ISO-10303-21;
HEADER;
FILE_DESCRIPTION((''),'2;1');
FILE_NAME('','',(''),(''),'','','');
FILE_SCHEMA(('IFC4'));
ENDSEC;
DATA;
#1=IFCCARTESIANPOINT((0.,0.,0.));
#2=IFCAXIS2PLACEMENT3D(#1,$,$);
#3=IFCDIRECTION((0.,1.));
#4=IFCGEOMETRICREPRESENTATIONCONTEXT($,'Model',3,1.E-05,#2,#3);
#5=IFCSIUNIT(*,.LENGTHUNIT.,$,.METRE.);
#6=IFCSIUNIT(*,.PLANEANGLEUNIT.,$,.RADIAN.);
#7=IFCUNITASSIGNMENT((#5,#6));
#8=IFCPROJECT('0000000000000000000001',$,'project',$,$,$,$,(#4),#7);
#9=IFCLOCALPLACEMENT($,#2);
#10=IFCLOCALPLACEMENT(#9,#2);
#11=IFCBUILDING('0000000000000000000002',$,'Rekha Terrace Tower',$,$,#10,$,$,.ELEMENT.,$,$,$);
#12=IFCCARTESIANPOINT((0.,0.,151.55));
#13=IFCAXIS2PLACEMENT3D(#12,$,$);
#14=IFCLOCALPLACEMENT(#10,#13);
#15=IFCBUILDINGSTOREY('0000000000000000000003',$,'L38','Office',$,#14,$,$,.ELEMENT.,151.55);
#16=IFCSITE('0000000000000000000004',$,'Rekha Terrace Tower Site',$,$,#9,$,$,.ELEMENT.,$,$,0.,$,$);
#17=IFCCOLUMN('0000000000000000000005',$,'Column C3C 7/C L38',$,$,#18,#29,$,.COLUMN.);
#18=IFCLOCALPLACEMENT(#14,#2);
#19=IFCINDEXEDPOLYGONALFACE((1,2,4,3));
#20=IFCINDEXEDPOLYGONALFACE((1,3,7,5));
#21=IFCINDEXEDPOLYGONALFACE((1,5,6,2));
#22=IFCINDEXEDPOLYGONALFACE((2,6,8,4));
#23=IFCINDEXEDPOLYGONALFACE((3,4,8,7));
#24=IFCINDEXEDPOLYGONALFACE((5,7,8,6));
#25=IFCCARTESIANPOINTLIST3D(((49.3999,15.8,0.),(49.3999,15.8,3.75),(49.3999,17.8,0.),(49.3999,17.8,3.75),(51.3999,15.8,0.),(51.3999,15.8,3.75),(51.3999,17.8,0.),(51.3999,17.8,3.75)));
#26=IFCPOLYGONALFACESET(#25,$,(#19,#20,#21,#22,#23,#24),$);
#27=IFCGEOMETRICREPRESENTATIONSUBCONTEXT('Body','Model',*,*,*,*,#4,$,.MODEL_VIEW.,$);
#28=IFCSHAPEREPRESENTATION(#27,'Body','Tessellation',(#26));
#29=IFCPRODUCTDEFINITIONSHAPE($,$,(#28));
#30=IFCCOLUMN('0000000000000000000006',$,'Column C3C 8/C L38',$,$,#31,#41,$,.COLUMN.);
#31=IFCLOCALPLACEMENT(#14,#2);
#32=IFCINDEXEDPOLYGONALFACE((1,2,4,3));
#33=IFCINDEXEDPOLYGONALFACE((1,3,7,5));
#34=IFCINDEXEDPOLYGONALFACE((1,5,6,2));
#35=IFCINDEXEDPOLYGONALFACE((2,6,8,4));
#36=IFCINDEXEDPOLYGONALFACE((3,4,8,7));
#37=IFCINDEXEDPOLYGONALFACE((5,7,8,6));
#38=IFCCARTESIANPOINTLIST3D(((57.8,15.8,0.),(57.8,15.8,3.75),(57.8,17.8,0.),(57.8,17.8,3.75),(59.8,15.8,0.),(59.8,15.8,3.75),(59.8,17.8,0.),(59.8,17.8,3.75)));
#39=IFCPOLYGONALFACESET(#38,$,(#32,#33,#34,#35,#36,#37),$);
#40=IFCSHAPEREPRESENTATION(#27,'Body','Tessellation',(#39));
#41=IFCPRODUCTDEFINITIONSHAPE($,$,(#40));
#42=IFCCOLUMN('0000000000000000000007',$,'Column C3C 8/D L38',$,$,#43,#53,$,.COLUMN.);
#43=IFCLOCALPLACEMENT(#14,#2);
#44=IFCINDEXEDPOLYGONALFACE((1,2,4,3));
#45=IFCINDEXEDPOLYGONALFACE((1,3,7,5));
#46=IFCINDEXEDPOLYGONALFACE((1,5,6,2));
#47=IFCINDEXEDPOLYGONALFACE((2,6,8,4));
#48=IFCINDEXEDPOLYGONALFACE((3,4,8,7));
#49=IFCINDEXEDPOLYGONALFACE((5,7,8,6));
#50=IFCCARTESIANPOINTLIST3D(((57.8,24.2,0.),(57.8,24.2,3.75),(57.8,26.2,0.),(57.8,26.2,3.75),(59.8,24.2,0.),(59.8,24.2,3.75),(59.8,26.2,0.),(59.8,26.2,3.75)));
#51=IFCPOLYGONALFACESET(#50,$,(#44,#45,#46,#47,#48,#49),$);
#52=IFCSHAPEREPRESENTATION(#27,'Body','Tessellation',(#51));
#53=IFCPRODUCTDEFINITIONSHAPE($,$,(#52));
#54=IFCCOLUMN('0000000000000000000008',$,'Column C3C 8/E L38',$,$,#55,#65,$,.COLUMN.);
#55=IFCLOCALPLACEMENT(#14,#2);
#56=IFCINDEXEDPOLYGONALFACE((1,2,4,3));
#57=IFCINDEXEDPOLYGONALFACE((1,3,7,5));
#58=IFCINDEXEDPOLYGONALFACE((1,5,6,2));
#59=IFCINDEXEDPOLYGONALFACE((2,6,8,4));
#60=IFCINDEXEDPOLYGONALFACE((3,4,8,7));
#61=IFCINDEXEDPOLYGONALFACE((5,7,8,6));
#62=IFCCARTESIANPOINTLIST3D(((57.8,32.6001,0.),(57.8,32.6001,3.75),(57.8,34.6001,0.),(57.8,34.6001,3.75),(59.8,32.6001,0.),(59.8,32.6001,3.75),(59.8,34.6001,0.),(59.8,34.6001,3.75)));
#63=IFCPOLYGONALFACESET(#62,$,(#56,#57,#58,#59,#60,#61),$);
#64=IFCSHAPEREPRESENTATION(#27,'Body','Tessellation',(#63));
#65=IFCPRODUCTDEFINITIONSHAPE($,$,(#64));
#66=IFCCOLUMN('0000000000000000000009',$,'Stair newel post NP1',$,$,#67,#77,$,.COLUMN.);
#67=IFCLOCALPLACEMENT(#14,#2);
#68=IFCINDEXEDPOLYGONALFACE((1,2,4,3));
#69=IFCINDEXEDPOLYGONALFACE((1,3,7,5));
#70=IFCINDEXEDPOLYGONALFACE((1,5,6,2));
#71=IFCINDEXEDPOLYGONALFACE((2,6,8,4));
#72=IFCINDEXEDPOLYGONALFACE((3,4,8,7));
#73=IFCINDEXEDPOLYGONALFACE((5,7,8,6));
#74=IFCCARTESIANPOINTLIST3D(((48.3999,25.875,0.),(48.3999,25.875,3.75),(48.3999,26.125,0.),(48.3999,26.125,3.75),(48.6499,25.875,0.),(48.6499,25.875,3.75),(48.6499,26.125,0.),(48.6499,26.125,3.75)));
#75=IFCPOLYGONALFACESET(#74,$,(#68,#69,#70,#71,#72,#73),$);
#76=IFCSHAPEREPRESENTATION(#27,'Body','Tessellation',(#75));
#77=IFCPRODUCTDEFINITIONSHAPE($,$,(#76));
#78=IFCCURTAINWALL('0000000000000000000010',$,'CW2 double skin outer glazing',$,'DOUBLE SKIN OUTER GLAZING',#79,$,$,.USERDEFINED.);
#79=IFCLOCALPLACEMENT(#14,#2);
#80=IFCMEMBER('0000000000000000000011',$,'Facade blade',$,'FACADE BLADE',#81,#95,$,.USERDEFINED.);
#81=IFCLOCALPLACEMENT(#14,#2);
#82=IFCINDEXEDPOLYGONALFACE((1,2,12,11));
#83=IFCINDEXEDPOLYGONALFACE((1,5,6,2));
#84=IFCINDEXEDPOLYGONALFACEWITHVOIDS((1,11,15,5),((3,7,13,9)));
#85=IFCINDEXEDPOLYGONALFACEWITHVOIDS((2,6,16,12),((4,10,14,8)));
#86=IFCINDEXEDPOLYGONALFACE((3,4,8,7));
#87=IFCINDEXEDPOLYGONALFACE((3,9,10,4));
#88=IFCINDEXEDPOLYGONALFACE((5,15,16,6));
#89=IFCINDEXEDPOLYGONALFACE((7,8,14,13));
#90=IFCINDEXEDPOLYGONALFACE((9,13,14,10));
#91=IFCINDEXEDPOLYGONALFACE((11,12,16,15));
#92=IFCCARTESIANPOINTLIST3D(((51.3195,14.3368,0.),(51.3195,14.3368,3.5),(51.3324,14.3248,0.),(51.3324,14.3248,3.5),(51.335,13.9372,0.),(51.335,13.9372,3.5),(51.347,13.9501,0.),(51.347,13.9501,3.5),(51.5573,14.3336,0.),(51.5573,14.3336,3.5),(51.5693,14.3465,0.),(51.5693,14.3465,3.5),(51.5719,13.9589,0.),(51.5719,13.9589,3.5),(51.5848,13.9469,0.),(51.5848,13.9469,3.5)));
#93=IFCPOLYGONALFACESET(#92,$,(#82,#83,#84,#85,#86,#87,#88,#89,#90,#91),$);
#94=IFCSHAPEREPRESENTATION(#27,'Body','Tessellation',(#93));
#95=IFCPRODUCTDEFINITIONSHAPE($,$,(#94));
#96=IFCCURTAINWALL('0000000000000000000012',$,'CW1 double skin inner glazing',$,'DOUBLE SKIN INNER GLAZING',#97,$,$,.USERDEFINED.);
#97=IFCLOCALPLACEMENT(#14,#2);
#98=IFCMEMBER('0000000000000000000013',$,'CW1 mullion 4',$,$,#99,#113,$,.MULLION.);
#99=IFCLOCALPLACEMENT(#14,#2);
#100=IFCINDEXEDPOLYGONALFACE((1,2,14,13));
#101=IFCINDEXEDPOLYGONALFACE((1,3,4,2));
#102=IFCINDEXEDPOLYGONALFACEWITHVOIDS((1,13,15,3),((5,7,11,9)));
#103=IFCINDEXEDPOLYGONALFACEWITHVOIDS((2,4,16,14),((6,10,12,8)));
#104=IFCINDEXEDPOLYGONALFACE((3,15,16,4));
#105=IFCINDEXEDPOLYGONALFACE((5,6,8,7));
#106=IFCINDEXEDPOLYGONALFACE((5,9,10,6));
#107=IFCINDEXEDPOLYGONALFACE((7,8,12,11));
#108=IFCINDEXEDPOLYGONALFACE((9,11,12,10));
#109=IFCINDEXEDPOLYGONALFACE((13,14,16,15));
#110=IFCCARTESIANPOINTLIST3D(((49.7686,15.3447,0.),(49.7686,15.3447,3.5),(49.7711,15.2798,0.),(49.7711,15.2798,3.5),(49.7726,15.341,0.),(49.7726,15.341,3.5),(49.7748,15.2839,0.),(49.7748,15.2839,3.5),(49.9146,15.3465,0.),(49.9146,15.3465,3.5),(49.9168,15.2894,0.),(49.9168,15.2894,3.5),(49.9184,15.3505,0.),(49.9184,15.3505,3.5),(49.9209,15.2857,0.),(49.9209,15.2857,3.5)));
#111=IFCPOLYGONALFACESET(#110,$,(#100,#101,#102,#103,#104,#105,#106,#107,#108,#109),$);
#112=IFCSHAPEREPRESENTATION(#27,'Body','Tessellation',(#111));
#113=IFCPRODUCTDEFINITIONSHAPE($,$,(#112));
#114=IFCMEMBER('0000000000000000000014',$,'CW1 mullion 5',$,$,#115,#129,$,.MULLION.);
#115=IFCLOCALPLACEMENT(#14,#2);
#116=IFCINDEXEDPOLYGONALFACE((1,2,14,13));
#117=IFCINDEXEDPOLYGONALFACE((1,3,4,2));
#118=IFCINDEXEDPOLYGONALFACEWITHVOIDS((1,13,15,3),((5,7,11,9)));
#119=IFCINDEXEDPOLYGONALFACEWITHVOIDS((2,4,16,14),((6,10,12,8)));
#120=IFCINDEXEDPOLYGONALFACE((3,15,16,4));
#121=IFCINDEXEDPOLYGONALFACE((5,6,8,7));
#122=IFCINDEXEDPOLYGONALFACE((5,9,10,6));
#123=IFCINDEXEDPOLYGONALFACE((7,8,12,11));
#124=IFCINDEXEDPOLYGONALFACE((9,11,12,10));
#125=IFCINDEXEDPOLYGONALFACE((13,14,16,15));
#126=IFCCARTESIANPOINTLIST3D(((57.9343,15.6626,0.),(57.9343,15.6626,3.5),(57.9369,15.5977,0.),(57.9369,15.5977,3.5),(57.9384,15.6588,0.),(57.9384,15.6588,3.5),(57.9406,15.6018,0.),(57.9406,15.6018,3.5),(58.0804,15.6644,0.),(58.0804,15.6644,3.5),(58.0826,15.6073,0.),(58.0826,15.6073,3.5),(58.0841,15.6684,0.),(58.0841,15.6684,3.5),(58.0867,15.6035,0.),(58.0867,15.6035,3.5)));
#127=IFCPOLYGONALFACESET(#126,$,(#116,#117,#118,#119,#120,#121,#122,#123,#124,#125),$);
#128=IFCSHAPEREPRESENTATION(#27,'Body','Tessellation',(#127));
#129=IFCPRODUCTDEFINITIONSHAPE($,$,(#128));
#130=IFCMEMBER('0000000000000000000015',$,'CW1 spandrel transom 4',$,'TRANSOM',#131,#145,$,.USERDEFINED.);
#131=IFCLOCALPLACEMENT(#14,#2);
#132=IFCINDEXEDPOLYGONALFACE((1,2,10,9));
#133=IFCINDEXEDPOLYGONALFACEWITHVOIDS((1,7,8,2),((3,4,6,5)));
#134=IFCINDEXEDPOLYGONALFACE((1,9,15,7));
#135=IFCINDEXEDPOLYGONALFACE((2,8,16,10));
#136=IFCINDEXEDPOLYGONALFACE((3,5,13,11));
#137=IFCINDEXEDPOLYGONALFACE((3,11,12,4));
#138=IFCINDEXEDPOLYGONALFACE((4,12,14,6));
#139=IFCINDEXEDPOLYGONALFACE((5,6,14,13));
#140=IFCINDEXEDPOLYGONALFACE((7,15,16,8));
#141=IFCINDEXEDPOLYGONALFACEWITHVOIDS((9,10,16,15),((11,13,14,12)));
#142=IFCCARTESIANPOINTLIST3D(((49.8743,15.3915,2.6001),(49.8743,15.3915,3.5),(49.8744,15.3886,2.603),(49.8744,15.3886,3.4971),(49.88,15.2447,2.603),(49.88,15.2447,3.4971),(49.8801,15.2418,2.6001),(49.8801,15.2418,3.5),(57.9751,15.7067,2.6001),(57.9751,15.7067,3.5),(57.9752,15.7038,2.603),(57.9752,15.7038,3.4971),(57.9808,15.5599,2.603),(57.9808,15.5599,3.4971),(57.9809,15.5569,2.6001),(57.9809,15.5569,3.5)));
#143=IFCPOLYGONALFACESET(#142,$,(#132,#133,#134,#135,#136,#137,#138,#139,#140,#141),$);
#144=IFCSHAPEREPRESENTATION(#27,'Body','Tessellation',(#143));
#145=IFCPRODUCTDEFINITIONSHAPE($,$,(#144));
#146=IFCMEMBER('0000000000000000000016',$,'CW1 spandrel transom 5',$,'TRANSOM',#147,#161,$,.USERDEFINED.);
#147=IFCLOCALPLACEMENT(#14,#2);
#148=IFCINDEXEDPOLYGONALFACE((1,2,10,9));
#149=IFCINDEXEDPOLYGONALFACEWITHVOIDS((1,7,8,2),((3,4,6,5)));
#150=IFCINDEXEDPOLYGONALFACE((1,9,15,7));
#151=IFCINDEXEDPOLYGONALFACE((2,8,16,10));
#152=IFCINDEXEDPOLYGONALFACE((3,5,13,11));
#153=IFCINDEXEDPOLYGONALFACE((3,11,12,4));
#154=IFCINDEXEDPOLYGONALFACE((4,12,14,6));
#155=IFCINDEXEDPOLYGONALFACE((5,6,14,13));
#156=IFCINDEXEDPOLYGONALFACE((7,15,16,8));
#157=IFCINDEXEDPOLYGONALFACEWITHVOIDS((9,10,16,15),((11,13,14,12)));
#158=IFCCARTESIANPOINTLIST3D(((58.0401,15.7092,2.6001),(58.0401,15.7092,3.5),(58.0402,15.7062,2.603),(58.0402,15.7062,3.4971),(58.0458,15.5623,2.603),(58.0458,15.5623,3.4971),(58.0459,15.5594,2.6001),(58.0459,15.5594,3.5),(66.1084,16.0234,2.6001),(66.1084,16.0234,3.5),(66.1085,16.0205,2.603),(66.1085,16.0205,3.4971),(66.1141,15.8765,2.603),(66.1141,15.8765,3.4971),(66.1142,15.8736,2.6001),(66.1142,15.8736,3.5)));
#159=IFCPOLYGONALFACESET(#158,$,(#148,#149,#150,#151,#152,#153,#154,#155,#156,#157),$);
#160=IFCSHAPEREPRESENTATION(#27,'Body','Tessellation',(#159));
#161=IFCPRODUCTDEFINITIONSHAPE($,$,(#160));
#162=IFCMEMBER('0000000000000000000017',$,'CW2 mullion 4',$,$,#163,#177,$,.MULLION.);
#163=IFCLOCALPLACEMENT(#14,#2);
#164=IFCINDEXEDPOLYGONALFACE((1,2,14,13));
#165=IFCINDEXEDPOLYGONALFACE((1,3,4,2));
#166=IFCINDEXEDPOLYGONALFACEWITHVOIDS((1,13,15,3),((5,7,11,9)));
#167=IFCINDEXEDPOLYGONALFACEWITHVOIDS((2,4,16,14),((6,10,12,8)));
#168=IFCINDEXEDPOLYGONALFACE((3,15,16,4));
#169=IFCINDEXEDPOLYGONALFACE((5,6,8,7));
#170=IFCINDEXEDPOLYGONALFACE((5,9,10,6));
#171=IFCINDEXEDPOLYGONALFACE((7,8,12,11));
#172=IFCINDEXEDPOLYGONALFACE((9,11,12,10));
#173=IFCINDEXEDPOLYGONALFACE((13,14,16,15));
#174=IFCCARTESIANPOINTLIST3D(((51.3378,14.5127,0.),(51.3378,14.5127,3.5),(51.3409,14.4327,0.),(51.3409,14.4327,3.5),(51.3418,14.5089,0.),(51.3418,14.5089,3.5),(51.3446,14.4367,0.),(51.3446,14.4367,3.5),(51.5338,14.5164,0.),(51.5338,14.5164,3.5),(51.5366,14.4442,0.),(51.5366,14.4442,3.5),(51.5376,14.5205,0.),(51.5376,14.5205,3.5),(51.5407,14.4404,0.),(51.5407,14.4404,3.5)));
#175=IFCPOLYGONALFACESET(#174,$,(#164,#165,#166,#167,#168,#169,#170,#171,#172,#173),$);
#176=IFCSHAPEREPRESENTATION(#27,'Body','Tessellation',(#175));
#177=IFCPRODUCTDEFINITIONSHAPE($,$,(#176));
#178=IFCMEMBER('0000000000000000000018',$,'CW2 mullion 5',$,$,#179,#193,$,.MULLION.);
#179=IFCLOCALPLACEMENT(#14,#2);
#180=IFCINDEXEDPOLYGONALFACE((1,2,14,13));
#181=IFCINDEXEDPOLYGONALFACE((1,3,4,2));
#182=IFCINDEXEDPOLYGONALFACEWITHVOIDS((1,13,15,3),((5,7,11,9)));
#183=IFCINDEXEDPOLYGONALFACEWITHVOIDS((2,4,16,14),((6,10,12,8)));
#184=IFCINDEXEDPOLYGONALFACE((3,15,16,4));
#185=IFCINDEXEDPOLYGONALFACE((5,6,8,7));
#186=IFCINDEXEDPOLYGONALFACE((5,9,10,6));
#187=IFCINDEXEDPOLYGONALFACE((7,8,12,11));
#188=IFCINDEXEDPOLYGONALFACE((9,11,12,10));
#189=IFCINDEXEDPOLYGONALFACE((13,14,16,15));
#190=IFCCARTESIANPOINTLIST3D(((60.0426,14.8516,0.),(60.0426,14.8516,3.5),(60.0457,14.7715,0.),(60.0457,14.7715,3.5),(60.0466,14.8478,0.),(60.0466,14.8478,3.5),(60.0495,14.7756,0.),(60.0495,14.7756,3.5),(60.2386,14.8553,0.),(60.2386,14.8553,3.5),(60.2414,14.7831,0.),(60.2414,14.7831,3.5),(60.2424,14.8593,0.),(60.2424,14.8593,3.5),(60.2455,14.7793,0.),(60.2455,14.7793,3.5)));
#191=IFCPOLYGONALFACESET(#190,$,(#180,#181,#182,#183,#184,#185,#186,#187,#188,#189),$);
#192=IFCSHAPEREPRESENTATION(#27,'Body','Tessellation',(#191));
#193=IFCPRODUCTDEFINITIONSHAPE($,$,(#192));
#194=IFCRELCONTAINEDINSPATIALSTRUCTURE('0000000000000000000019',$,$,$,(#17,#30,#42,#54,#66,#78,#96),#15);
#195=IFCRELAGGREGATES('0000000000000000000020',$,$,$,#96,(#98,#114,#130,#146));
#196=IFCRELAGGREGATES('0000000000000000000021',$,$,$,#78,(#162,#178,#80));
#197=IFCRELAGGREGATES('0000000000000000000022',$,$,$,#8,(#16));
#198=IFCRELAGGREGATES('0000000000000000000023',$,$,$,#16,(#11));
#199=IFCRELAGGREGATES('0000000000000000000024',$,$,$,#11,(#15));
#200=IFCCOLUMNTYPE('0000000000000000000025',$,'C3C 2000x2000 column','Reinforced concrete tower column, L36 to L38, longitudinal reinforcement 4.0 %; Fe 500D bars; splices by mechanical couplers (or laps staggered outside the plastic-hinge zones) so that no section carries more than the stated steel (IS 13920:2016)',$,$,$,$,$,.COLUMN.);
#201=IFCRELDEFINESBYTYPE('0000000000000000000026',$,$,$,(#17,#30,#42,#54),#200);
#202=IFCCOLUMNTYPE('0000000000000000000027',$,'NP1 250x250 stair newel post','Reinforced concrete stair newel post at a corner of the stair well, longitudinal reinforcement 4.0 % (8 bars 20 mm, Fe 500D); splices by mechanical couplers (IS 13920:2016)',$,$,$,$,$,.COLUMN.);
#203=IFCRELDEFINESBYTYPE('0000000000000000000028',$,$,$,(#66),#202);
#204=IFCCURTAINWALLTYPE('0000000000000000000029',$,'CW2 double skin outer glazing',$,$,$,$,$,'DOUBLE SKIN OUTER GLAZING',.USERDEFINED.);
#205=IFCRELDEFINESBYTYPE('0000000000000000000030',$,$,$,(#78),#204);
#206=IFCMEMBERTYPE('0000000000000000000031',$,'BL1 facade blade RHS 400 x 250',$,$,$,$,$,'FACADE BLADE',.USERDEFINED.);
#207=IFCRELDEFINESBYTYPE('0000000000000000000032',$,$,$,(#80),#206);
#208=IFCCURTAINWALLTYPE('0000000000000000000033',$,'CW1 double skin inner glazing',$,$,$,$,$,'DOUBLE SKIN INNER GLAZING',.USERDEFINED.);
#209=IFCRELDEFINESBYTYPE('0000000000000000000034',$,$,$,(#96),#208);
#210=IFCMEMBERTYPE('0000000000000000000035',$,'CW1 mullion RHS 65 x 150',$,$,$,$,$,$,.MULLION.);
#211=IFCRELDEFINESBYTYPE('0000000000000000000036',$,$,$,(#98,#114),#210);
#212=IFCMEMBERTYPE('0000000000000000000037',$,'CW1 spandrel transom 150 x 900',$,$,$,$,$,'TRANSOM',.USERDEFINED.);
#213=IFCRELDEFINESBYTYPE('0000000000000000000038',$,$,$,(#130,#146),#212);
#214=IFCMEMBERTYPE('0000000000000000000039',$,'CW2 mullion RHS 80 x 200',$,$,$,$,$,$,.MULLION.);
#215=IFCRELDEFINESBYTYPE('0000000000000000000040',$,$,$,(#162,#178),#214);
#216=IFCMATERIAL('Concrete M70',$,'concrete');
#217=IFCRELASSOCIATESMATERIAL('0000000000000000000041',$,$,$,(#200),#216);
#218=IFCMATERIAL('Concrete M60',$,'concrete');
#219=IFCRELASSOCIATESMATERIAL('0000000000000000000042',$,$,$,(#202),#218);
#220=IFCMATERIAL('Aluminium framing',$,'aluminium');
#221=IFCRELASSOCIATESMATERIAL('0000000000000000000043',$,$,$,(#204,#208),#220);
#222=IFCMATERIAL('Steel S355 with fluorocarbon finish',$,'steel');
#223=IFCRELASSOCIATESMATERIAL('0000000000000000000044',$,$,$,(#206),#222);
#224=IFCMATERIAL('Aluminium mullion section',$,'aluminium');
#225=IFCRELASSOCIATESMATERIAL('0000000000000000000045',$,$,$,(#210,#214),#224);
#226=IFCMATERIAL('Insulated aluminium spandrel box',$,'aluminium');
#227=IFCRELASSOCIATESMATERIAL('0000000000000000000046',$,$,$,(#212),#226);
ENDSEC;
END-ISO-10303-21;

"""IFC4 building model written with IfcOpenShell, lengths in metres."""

from ifc_helpers import new_model, si_unit, direction, frame, origin, origin_2d, place, context, subcontext, project, spatial, rectangle, hollow_rectangle, extrude, material, material_profile, profile_set, type_object, element, aggregate, save


model = new_model("IFC4")

# Units and contexts
model_context = context("Model", 3, precision=1e-05, world=origin(), true_north=direction((0.0, 1.0)))
body_context = subcontext(model_context, "Body", "Model", "MODEL_VIEW")
ifc_project = project(units=[si_unit("LENGTHUNIT", "METRE"), si_unit("PLANEANGLEUNIT", "RADIAN")], contexts=[model_context])

# Site, building, storey
site_placement = place(None, origin())
site = spatial("IfcSite", under=ifc_project, at=site_placement, Name="Rekha Terrace Tower Site", CompositionType="ELEMENT", RefElevation=0.0)
building_placement = place(site_placement, origin())
building = spatial("IfcBuilding", under=site, at=building_placement, Name="Rekha Terrace Tower", CompositionType="ELEMENT")
storey_placement = place(building_placement, frame((0.0, 0.0, 151.55)))
storey = spatial("IfcBuildingStorey", under=building, at=storey_placement, Name="L38", Description="Office", CompositionType="ELEMENT", Elevation=151.55)

# Columns
ifc_material_1 = material(Name="Concrete M70", Category="concrete")
ifc_material_profile_1 = material_profile(ifc_material_1, rectangle(XDim=2.0, YDim=2.0, at=origin_2d()), Name="RC 2000x2000")
ifc_profile_set_1 = profile_set([ifc_material_profile_1], Name="Concrete M70")
column_type_1 = type_object("IfcColumnType", Name="C3C 2000x2000 column", Description="Reinforced concrete tower column, L36 to L38, longitudinal reinforcement 4.0 %; Fe 500D bars; splices by mechanical couplers (or laps staggered outside the plastic-hinge zones) so that no section carries more than the stated steel (IS 13920:2016)", PredefinedType="COLUMN", material=ifc_profile_set_1)
for number, where, z_axis, x_axis, name in (
    (1, (50.3999, 16.8, 0.0), (0.0, 0.0, 1.0), (1.0, 0.0, 0.0), "Column C3C 7/C L38"),
    (2, (58.8, 16.8, 0.0), (0.0, 0.0, 1.0), (1.0, 0.0, 0.0), "Column C3C 8/C L38"),
    (3, (58.8, 25.2, 0.0), (0.0, 0.0, 1.0), (1.0, 0.0, 0.0), "Column C3C 8/D L38"),
    (4, (58.8, 33.6001, 0.0), (0.0, 0.0, 1.0), (1.0, 0.0, 0.0), "Column C3C 8/E L38"),
):
    element("IfcColumn", number, at=place(storey_placement, frame(where, z_axis=z_axis, x_axis=x_axis)), inside=storey, type_object=column_type_1, Name=name, PredefinedType="COLUMN", context=body_context, shape_type="SweptSolid", body=[
        extrude(rectangle(XDim=2.0, YDim=2.0, at=origin_2d()), origin(), (0.0, 0.0, 1.0), 3.75),
    ])
ifc_material_2 = material(Name="Concrete M60", Category="concrete")
ifc_material_profile_2 = material_profile(ifc_material_2, rectangle(XDim=0.25, YDim=0.25, at=origin_2d()), Name="RC 250x250")
ifc_profile_set_2 = profile_set([ifc_material_profile_2], Name="Concrete M60")
column_type_2 = type_object("IfcColumnType", Name="NP1 250x250 stair newel post", Description="Reinforced concrete stair newel post at a corner of the stair well, longitudinal reinforcement 4.0 % (8 bars 20 mm, Fe 500D); splices by mechanical couplers (IS 13920:2016)", PredefinedType="COLUMN", material=ifc_profile_set_2)
column_placement = place(storey_placement, frame((48.5249, 26.0, 0.0), z_axis=(0.0, 0.0, 1.0), x_axis=(1.0, 0.0, 0.0)))
element("IfcColumn", 5, at=column_placement, inside=storey, type_object=column_type_2, Name="Stair newel post NP1", PredefinedType="COLUMN", context=body_context, shape_type="SweptSolid", body=[
    extrude(rectangle(XDim=0.25, YDim=0.25, at=origin_2d()), origin(), (0.0, 0.0, 1.0), 3.75),
])

# Curtain wall, member
ifc_material_3 = material(Name="Aluminium framing", Category="aluminium")
curtain_wall_type_1 = type_object("IfcCurtainWallType", Name="CW2 double skin outer glazing", ElementType="DOUBLE SKIN OUTER GLAZING", PredefinedType="USERDEFINED", material=ifc_material_3)
curtain_wall_1_placement = place(storey_placement, origin())
curtain_wall_1 = element("IfcCurtainWall", 6, at=curtain_wall_1_placement, inside=storey, type_object=curtain_wall_type_1, Name="CW2 double skin outer glazing", ObjectType="DOUBLE SKIN OUTER GLAZING", PredefinedType="USERDEFINED")
ifc_material_4 = material(Name="Steel S355 with fluorocarbon finish", Category="steel")
ifc_material_profile_3 = material_profile(ifc_material_4, hollow_rectangle(XDim=0.25, YDim=0.3999, WallThickness=0.0125, at=origin_2d()), Name="RHS400x250x12.5")
ifc_profile_set_3 = profile_set([ifc_material_profile_3], Name="Steel S355 with fluorocarbon finish")
member_type_1 = type_object("IfcMemberType", Name="BL1 facade blade RHS 400 x 250", ElementType="FACADE BLADE", PredefinedType="USERDEFINED", material=ifc_profile_set_3)
member_1_placement = place(storey_placement, frame((51.4521, 14.1418, 0.0), z_axis=(0.0, 0.0, 1.0), x_axis=(0.999243, 0.03889, 0.0)))
member_1 = element("IfcMember", 7, at=member_1_placement, type_object=member_type_1, Name="Facade blade", ObjectType="FACADE BLADE", PredefinedType="USERDEFINED", context=body_context, shape_type="SweptSolid", body=[
    extrude(hollow_rectangle(XDim=0.25, YDim=0.3999, WallThickness=0.0125, at=origin_2d()), origin(), (0.0, 0.0, 1.0), 3.5),
])

# Curtain wall, members
curtain_wall_type_2 = type_object("IfcCurtainWallType", Name="CW1 double skin inner glazing", ElementType="DOUBLE SKIN INNER GLAZING", PredefinedType="USERDEFINED", material=ifc_material_3)
curtain_wall_2_placement = place(storey_placement, origin())
curtain_wall_2 = element("IfcCurtainWall", 8, at=curtain_wall_2_placement, inside=storey, type_object=curtain_wall_type_2, Name="CW1 double skin inner glazing", ObjectType="DOUBLE SKIN INNER GLAZING", PredefinedType="USERDEFINED")
ifc_material_5 = material(Name="Aluminium mullion section", Category="aluminium")
ifc_material_profile_4 = material_profile(ifc_material_5, hollow_rectangle(XDim=0.0649, YDim=0.1499, WallThickness=0.0039, at=origin_2d()), Name="AL RHS 65x150")
ifc_profile_set_4 = profile_set([ifc_material_profile_4], Name="Aluminium mullion section")
member_type_2 = type_object("IfcMemberType", Name="CW1 mullion RHS 65 x 150", PredefinedType="MULLION", material=ifc_profile_set_4)
member_2_placement = place(storey_placement, frame((49.8447, 15.3152, 0.0), z_axis=(0.0, 0.0, 1.0), x_axis=(-0.03889, 0.999243, 0.0)))
member_2 = element("IfcMember", 9, at=member_2_placement, type_object=member_type_2, Name="CW1 mullion 4", PredefinedType="MULLION", context=body_context, shape_type="SweptSolid", body=[
    extrude(hollow_rectangle(XDim=0.0649, YDim=0.1499, WallThickness=0.0039, at=origin_2d()), origin(), (0.0, 0.0, 1.0), 3.5),
])
member_3_placement = place(storey_placement, frame((58.0105, 15.6331, 0.0), z_axis=(0.0, 0.0, 1.0), x_axis=(-0.03889, 0.999243, 0.0)))
member_3 = element("IfcMember", 10, at=member_3_placement, type_object=member_type_2, Name="CW1 mullion 5", PredefinedType="MULLION", context=body_context, shape_type="SweptSolid", body=[
    extrude(hollow_rectangle(XDim=0.0649, YDim=0.1499, WallThickness=0.0039, at=origin_2d()), origin(), (0.0, 0.0, 1.0), 3.5),
])
ifc_material_6 = material(Name="Insulated aluminium spandrel box", Category="aluminium")
ifc_material_profile_5 = material_profile(ifc_material_6, hollow_rectangle(XDim=0.1499, YDim=0.8999, WallThickness=0.0029, at=origin_2d()), Name="AL SPANDREL BOX 150x900")
ifc_profile_set_5 = profile_set([ifc_material_profile_5], Name="Insulated aluminium spandrel box")
member_type_3 = type_object("IfcMemberType", Name="CW1 spandrel transom 150 x 900", ElementType="TRANSOM", PredefinedType="USERDEFINED", material=ifc_profile_set_5)
member_4_placement = place(storey_placement, frame((49.8772, 15.3167, 3.05), z_axis=(0.999244, 0.038878, 0.0), x_axis=(-0.038878, 0.999244, 0.0)))
member_4 = element("IfcMember", 11, at=member_4_placement, type_object=member_type_3, Name="CW1 spandrel transom 4", ObjectType="TRANSOM", PredefinedType="USERDEFINED", context=body_context, shape_type="SweptSolid", body=[
    extrude(hollow_rectangle(XDim=0.1499, YDim=0.8999, WallThickness=0.0029, at=origin_2d()), origin(), (0.0, 0.0, 1.0), 8.1069),
])
member_5_placement = place(storey_placement, frame((58.043, 15.6343, 3.05), z_axis=(0.999243, 0.038914, 0.0), x_axis=(-0.038914, 0.999243, 0.0)))
member_5 = element("IfcMember", 12, at=member_5_placement, type_object=member_type_3, Name="CW1 spandrel transom 5", ObjectType="TRANSOM", PredefinedType="USERDEFINED", context=body_context, shape_type="SweptSolid", body=[
    extrude(hollow_rectangle(XDim=0.1499, YDim=0.8999, WallThickness=0.0029, at=origin_2d()), origin(), (0.0, 0.0, 1.0), 8.0745),
])

# Members
ifc_material_profile_6 = material_profile(ifc_material_5, hollow_rectangle(XDim=0.0801, YDim=0.2, WallThickness=0.0039, at=origin_2d()), Name="AL RHS 80x200")
ifc_profile_set_6 = profile_set([ifc_material_profile_6], Name="Aluminium mullion section")
member_type_4 = type_object("IfcMemberType", Name="CW2 mullion RHS 80 x 200", PredefinedType="MULLION", material=ifc_profile_set_6)
member_6_placement = place(storey_placement, frame((51.4392, 14.4766, 0.0), z_axis=(0.0, 0.0, 1.0), x_axis=(-0.03889, 0.999243, 0.0)))
member_6 = element("IfcMember", 13, at=member_6_placement, type_object=member_type_4, Name="CW2 mullion 4", PredefinedType="MULLION", context=body_context, shape_type="SweptSolid", body=[
    extrude(hollow_rectangle(XDim=0.0801, YDim=0.2, WallThickness=0.0039, at=origin_2d()), origin(), (0.0, 0.0, 1.0), 3.5),
])
member_7_placement = place(storey_placement, frame((60.144, 14.8154, 0.0), z_axis=(0.0, 0.0, 1.0), x_axis=(-0.03889, 0.999243, 0.0)))
member_7 = element("IfcMember", 14, at=member_7_placement, type_object=member_type_4, Name="CW2 mullion 5", PredefinedType="MULLION", context=body_context, shape_type="SweptSolid", body=[
    extrude(hollow_rectangle(XDim=0.0801, YDim=0.2, WallThickness=0.0039, at=origin_2d()), origin(), (0.0, 0.0, 1.0), 3.5),
])

aggregate(curtain_wall_2, [member_2, member_3, member_4, member_5])
aggregate(curtain_wall_1, [member_6, member_7, member_1])

save(model, "model.ifc")
